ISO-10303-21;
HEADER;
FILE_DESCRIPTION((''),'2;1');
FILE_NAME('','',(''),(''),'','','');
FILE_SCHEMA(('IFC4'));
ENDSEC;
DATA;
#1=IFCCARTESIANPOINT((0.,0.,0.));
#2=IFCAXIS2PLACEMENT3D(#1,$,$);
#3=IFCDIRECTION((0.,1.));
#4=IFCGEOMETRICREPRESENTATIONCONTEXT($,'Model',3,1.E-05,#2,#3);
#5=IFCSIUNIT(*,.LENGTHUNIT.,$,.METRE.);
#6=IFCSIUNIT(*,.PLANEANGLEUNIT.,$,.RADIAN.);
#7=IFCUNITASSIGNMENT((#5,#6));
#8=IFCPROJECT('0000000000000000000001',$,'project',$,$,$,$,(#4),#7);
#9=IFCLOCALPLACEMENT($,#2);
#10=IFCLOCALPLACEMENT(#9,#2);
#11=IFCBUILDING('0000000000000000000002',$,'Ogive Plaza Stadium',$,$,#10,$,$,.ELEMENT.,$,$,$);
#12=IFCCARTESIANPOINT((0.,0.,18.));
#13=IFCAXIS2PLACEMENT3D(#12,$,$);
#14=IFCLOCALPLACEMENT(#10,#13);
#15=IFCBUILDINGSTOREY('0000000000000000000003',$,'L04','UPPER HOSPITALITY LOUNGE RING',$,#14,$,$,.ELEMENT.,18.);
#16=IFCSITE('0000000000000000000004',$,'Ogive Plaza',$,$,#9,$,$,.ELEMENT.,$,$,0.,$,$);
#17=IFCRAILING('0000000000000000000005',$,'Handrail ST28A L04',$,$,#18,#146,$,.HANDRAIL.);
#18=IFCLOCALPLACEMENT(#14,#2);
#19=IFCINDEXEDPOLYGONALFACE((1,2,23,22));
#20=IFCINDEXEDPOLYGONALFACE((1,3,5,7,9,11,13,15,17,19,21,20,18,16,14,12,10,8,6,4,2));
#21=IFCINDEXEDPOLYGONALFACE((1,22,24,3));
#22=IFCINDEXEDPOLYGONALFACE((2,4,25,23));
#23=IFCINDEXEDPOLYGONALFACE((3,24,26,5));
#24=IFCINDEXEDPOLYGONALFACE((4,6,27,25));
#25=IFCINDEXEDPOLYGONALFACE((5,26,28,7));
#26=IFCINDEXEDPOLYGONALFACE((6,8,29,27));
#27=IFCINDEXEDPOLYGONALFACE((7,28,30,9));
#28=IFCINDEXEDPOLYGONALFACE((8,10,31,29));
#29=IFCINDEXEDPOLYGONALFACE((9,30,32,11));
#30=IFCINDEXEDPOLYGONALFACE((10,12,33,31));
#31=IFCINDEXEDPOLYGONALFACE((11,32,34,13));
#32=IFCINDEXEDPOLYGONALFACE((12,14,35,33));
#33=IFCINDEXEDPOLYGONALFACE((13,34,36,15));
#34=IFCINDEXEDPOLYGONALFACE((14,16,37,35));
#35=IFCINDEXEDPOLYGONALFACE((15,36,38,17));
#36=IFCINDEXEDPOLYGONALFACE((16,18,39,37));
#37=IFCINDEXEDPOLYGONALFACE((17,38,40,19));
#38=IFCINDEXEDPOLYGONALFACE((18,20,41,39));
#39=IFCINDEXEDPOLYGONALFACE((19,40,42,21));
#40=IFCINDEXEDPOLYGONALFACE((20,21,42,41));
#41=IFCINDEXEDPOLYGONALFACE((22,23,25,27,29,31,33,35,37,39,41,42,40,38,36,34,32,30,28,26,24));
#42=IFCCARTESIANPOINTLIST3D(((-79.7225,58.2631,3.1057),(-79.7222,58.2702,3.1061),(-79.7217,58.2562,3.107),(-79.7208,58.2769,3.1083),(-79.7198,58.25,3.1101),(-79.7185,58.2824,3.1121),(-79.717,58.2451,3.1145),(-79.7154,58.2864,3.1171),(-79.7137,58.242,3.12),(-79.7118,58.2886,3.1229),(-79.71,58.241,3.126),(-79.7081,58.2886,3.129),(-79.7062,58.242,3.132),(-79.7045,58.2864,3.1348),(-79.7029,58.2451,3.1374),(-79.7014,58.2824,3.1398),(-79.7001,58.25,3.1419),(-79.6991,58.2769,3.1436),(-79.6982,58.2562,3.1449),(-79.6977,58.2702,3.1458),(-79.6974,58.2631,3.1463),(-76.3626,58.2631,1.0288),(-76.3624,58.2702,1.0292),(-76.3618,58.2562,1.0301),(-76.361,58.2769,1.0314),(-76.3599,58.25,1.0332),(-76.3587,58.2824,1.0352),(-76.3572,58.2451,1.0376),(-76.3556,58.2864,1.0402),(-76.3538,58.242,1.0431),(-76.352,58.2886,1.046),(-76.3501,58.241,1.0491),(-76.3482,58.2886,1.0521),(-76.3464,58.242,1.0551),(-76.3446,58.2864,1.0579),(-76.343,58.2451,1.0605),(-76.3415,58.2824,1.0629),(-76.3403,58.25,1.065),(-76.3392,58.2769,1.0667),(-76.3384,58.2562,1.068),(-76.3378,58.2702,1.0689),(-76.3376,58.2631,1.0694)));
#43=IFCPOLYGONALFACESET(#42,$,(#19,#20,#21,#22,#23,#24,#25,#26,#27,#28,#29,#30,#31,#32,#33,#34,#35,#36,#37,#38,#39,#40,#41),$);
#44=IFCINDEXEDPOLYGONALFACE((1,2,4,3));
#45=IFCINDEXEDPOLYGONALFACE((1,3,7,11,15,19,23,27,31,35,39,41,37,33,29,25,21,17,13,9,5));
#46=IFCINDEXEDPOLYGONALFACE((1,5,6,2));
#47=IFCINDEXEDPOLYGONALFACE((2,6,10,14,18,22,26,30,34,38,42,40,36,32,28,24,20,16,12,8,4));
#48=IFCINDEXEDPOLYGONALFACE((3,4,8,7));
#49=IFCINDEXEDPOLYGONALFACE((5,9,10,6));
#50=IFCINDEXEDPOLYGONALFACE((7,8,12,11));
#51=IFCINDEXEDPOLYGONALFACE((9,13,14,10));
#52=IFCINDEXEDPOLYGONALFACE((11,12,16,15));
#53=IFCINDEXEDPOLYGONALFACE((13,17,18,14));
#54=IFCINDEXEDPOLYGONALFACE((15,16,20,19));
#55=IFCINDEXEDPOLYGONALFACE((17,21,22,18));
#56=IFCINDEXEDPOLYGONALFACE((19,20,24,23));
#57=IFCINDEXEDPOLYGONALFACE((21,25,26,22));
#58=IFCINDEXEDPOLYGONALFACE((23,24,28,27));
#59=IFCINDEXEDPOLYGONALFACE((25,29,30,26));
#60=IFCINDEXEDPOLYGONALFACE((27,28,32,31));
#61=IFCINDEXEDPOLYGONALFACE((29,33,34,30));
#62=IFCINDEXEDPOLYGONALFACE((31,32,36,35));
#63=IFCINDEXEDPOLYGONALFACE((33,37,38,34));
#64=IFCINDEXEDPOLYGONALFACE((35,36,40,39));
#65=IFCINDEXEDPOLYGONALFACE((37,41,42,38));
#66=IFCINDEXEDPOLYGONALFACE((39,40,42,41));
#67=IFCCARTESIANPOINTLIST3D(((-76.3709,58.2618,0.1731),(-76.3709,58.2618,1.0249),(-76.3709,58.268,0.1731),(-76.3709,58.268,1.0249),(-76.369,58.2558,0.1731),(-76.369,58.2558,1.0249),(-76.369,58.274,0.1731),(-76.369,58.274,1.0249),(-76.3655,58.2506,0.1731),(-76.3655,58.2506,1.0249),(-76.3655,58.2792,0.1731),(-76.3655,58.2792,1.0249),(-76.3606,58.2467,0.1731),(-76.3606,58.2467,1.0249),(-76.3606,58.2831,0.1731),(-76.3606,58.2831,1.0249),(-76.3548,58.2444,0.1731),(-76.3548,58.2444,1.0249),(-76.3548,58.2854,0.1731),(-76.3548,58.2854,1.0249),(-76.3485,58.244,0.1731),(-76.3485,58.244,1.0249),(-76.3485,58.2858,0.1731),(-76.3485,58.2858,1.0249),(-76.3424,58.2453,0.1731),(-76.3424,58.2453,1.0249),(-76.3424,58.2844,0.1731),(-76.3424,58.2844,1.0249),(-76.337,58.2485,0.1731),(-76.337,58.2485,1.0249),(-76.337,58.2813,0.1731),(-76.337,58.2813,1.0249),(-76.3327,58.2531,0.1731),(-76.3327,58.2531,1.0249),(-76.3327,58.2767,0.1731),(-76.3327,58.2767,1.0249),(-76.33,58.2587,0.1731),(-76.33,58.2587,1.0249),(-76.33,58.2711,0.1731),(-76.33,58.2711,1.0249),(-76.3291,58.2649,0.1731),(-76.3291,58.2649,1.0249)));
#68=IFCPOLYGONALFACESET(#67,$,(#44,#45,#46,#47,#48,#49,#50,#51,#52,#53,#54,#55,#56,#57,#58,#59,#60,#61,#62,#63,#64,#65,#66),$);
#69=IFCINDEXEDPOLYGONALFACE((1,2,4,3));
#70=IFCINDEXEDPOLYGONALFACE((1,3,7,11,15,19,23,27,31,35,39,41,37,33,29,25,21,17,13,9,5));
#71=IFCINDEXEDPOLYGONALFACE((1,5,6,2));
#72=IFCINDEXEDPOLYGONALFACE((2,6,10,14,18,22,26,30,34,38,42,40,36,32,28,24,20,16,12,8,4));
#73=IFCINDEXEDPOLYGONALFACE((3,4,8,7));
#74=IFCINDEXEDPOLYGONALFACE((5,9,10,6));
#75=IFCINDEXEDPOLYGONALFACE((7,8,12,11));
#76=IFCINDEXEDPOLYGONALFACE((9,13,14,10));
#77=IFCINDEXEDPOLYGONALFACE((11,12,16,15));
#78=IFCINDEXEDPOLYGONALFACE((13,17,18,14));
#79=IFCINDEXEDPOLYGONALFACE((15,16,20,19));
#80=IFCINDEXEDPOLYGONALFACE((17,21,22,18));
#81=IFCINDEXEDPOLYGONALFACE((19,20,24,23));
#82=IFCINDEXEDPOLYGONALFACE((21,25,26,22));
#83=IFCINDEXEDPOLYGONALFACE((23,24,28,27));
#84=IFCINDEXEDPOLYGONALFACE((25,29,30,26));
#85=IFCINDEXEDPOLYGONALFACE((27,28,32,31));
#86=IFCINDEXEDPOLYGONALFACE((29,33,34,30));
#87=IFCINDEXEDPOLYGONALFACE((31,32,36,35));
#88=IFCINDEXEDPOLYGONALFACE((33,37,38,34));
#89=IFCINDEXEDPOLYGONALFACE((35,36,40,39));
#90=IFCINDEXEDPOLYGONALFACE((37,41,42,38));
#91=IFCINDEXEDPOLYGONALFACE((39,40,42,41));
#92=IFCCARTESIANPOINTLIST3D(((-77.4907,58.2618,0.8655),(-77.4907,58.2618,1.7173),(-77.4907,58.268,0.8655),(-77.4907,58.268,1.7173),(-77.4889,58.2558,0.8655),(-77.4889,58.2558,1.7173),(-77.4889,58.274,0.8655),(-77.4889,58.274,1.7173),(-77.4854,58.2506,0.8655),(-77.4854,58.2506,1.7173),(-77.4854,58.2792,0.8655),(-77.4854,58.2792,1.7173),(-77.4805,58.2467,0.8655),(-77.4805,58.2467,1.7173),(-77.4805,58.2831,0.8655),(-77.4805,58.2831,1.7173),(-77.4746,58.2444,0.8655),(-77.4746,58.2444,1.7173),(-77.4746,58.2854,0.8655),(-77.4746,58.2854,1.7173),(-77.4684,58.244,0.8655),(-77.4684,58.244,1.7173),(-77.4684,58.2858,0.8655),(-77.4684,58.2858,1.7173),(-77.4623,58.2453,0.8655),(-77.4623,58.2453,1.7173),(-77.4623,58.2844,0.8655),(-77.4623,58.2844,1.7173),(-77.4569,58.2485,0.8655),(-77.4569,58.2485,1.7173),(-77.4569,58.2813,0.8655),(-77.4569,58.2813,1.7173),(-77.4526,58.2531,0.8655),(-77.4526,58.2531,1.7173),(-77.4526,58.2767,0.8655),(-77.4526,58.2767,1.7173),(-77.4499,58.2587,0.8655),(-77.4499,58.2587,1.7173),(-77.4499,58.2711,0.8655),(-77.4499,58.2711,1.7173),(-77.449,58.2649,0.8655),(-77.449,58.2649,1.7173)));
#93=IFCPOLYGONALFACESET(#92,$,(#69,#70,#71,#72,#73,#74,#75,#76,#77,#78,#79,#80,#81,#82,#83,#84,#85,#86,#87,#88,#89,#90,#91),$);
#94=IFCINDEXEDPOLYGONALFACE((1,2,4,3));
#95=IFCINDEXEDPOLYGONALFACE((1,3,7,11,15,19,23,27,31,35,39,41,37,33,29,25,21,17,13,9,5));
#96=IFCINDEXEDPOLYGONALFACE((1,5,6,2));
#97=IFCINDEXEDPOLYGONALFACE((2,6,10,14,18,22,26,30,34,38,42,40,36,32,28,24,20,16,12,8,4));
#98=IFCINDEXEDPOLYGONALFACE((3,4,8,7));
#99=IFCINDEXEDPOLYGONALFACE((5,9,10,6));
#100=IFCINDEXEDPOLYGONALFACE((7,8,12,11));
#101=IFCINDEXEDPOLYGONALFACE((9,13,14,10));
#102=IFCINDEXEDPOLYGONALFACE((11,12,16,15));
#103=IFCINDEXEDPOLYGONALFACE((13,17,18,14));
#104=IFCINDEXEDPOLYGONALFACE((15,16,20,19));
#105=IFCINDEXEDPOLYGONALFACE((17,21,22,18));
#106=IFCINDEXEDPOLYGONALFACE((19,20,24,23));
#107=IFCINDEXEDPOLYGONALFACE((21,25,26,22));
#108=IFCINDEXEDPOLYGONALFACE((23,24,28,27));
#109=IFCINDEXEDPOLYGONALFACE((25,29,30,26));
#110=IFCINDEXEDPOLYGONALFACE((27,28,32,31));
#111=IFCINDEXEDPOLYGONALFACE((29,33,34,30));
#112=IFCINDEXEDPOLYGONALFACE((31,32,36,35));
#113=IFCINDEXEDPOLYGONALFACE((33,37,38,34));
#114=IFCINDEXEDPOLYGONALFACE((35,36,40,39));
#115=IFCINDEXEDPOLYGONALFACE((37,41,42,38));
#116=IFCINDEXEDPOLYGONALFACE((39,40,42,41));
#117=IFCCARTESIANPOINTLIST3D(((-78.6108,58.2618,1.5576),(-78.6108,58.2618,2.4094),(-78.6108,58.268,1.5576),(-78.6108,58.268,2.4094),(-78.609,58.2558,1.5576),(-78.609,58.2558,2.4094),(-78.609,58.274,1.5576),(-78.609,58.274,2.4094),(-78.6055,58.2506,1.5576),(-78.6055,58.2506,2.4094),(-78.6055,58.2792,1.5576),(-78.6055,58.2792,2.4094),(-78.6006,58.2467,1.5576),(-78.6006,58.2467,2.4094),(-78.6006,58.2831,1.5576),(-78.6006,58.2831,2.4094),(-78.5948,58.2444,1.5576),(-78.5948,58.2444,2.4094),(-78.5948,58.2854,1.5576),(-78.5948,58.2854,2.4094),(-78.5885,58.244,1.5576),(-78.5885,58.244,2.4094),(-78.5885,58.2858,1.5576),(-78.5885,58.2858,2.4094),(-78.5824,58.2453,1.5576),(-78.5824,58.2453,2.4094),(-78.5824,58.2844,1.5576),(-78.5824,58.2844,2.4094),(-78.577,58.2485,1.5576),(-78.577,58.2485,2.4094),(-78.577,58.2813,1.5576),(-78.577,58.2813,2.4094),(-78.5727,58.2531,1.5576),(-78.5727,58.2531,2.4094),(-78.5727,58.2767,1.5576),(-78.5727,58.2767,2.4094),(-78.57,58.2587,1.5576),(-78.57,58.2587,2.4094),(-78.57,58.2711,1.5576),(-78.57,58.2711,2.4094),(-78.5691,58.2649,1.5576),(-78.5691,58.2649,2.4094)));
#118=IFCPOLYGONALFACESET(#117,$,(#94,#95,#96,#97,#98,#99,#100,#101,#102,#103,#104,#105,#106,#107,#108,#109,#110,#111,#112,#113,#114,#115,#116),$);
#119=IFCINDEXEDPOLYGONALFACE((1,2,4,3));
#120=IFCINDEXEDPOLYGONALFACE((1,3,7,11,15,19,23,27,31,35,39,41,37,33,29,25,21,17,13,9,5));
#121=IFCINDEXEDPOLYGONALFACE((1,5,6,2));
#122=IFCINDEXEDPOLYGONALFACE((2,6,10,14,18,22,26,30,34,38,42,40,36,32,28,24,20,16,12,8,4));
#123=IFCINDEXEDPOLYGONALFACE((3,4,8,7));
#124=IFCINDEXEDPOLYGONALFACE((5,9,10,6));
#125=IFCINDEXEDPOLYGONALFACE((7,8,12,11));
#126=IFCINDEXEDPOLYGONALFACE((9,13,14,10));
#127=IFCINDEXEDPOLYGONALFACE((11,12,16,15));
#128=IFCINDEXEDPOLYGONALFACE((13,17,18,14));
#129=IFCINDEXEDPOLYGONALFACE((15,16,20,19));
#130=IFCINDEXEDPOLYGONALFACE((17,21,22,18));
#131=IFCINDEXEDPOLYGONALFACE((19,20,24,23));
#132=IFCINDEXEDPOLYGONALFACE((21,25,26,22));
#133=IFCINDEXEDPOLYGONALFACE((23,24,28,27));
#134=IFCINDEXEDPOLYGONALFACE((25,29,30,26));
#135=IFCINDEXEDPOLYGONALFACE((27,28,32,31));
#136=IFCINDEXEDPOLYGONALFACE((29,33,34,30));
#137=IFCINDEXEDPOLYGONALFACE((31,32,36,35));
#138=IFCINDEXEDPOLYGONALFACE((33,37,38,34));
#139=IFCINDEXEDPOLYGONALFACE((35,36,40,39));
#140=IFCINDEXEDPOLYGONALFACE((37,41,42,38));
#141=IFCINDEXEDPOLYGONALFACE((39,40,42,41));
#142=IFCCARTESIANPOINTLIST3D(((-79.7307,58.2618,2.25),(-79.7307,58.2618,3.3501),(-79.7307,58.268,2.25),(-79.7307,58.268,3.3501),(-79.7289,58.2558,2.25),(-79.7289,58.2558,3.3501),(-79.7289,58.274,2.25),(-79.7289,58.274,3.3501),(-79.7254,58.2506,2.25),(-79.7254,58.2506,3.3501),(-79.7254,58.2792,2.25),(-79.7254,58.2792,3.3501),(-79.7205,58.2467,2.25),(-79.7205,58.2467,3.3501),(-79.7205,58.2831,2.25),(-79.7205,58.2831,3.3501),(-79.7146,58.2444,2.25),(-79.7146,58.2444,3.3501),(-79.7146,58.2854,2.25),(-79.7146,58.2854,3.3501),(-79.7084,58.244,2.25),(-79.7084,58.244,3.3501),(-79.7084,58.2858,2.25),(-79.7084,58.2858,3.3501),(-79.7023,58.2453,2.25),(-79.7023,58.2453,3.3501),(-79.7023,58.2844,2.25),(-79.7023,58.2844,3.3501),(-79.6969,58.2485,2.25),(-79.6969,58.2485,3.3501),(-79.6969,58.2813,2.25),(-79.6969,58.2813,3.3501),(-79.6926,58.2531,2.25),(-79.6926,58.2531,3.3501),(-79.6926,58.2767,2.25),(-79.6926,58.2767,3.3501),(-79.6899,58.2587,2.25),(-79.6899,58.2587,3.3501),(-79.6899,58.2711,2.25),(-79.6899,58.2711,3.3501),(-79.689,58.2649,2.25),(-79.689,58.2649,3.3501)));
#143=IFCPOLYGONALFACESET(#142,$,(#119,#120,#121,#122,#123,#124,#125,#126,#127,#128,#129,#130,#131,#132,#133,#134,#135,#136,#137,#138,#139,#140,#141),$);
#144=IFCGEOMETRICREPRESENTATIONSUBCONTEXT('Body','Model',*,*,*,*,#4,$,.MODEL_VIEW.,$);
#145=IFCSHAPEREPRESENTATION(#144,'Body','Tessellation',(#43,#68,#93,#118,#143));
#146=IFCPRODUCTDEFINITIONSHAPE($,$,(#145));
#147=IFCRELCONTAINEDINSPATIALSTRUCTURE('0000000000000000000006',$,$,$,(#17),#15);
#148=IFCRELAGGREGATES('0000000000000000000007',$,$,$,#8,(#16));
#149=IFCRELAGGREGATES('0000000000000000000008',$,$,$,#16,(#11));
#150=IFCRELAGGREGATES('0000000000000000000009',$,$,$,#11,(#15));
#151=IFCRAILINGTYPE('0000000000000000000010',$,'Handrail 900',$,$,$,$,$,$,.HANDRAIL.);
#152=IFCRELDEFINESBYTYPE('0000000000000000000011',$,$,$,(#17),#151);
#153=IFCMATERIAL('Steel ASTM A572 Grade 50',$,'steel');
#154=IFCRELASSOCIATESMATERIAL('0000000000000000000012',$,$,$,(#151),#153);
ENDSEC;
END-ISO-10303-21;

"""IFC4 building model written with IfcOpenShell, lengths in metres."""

from ifc_helpers import new_model, si_unit, direction, frame, origin, origin_2d, place, context, subcontext, project, spatial, circle, extrude, material, type_object, element, save


model = new_model("IFC4")

# Units and contexts
model_context = context("Model", 3, precision=1e-05, world=origin(), true_north=direction((0.0, 1.0)))
body_context = subcontext(model_context, "Body", "Model", "MODEL_VIEW")
ifc_project = project(units=[si_unit("LENGTHUNIT", "METRE"), si_unit("PLANEANGLEUNIT", "RADIAN")], contexts=[model_context])

# Site, building, storey
site_placement = place(None, origin())
site = spatial("IfcSite", under=ifc_project, at=site_placement, Name="Ogive Plaza", CompositionType="ELEMENT", RefElevation=0.0)
building_placement = place(site_placement, origin())
building = spatial("IfcBuilding", under=site, at=building_placement, Name="Ogive Plaza Stadium", CompositionType="ELEMENT")
storey_placement = place(building_placement, frame((0.0, 0.0, 18.0)))
storey = spatial("IfcBuildingStorey", under=building, at=storey_placement, Name="L04", Description="UPPER HOSPITALITY LOUNGE RING", CompositionType="ELEMENT", Elevation=18.0)

# Railing
ifc_material_1 = material(Name="Steel ASTM A572 Grade 50", Category="steel")
railing_type_1 = type_object("IfcRailingType", Name="Handrail 900", PredefinedType="HANDRAIL", material=ifc_material_1)
for number, where, name in (
    (1, (-76.3501, 58.2649, 0.1731), "Handrail ST28A L04"),
):
    element("IfcRailing", number, at=place(storey_placement, frame(where)), inside=storey, type_object=railing_type_1, Name=name, PredefinedType="HANDRAIL", context=body_context, shape_type="SweptSolid", body=[
        extrude(circle(Radius=0.0239, at=origin_2d()), frame((0.0, 0.0, 0.876), z_axis=(-0.850606, 0.0, 0.525803), x_axis=(0.0, -1.0, 0.0)), (0.0, 0.0, 1.0), 3.95),
        extrude(circle(Radius=0.021, at=origin_2d()), origin(), (0.0, 0.0, 1.0), 0.8518),
        extrude(circle(Radius=0.021, at=origin_2d()), frame((-1.1199, 0.0, 0.6924)), (0.0, 0.0, 1.0), 0.8518),
        extrude(circle(Radius=0.021, at=origin_2d()), frame((-2.24, 0.0, 1.3845)), (0.0, 0.0, 1.0), 0.8518),
        extrude(circle(Radius=0.021, at=origin_2d()), frame((-3.3599, 0.0, 2.0769)), (0.0, 0.0, 1.0), 1.1001),
    ])

save(model, "model.ifc")
